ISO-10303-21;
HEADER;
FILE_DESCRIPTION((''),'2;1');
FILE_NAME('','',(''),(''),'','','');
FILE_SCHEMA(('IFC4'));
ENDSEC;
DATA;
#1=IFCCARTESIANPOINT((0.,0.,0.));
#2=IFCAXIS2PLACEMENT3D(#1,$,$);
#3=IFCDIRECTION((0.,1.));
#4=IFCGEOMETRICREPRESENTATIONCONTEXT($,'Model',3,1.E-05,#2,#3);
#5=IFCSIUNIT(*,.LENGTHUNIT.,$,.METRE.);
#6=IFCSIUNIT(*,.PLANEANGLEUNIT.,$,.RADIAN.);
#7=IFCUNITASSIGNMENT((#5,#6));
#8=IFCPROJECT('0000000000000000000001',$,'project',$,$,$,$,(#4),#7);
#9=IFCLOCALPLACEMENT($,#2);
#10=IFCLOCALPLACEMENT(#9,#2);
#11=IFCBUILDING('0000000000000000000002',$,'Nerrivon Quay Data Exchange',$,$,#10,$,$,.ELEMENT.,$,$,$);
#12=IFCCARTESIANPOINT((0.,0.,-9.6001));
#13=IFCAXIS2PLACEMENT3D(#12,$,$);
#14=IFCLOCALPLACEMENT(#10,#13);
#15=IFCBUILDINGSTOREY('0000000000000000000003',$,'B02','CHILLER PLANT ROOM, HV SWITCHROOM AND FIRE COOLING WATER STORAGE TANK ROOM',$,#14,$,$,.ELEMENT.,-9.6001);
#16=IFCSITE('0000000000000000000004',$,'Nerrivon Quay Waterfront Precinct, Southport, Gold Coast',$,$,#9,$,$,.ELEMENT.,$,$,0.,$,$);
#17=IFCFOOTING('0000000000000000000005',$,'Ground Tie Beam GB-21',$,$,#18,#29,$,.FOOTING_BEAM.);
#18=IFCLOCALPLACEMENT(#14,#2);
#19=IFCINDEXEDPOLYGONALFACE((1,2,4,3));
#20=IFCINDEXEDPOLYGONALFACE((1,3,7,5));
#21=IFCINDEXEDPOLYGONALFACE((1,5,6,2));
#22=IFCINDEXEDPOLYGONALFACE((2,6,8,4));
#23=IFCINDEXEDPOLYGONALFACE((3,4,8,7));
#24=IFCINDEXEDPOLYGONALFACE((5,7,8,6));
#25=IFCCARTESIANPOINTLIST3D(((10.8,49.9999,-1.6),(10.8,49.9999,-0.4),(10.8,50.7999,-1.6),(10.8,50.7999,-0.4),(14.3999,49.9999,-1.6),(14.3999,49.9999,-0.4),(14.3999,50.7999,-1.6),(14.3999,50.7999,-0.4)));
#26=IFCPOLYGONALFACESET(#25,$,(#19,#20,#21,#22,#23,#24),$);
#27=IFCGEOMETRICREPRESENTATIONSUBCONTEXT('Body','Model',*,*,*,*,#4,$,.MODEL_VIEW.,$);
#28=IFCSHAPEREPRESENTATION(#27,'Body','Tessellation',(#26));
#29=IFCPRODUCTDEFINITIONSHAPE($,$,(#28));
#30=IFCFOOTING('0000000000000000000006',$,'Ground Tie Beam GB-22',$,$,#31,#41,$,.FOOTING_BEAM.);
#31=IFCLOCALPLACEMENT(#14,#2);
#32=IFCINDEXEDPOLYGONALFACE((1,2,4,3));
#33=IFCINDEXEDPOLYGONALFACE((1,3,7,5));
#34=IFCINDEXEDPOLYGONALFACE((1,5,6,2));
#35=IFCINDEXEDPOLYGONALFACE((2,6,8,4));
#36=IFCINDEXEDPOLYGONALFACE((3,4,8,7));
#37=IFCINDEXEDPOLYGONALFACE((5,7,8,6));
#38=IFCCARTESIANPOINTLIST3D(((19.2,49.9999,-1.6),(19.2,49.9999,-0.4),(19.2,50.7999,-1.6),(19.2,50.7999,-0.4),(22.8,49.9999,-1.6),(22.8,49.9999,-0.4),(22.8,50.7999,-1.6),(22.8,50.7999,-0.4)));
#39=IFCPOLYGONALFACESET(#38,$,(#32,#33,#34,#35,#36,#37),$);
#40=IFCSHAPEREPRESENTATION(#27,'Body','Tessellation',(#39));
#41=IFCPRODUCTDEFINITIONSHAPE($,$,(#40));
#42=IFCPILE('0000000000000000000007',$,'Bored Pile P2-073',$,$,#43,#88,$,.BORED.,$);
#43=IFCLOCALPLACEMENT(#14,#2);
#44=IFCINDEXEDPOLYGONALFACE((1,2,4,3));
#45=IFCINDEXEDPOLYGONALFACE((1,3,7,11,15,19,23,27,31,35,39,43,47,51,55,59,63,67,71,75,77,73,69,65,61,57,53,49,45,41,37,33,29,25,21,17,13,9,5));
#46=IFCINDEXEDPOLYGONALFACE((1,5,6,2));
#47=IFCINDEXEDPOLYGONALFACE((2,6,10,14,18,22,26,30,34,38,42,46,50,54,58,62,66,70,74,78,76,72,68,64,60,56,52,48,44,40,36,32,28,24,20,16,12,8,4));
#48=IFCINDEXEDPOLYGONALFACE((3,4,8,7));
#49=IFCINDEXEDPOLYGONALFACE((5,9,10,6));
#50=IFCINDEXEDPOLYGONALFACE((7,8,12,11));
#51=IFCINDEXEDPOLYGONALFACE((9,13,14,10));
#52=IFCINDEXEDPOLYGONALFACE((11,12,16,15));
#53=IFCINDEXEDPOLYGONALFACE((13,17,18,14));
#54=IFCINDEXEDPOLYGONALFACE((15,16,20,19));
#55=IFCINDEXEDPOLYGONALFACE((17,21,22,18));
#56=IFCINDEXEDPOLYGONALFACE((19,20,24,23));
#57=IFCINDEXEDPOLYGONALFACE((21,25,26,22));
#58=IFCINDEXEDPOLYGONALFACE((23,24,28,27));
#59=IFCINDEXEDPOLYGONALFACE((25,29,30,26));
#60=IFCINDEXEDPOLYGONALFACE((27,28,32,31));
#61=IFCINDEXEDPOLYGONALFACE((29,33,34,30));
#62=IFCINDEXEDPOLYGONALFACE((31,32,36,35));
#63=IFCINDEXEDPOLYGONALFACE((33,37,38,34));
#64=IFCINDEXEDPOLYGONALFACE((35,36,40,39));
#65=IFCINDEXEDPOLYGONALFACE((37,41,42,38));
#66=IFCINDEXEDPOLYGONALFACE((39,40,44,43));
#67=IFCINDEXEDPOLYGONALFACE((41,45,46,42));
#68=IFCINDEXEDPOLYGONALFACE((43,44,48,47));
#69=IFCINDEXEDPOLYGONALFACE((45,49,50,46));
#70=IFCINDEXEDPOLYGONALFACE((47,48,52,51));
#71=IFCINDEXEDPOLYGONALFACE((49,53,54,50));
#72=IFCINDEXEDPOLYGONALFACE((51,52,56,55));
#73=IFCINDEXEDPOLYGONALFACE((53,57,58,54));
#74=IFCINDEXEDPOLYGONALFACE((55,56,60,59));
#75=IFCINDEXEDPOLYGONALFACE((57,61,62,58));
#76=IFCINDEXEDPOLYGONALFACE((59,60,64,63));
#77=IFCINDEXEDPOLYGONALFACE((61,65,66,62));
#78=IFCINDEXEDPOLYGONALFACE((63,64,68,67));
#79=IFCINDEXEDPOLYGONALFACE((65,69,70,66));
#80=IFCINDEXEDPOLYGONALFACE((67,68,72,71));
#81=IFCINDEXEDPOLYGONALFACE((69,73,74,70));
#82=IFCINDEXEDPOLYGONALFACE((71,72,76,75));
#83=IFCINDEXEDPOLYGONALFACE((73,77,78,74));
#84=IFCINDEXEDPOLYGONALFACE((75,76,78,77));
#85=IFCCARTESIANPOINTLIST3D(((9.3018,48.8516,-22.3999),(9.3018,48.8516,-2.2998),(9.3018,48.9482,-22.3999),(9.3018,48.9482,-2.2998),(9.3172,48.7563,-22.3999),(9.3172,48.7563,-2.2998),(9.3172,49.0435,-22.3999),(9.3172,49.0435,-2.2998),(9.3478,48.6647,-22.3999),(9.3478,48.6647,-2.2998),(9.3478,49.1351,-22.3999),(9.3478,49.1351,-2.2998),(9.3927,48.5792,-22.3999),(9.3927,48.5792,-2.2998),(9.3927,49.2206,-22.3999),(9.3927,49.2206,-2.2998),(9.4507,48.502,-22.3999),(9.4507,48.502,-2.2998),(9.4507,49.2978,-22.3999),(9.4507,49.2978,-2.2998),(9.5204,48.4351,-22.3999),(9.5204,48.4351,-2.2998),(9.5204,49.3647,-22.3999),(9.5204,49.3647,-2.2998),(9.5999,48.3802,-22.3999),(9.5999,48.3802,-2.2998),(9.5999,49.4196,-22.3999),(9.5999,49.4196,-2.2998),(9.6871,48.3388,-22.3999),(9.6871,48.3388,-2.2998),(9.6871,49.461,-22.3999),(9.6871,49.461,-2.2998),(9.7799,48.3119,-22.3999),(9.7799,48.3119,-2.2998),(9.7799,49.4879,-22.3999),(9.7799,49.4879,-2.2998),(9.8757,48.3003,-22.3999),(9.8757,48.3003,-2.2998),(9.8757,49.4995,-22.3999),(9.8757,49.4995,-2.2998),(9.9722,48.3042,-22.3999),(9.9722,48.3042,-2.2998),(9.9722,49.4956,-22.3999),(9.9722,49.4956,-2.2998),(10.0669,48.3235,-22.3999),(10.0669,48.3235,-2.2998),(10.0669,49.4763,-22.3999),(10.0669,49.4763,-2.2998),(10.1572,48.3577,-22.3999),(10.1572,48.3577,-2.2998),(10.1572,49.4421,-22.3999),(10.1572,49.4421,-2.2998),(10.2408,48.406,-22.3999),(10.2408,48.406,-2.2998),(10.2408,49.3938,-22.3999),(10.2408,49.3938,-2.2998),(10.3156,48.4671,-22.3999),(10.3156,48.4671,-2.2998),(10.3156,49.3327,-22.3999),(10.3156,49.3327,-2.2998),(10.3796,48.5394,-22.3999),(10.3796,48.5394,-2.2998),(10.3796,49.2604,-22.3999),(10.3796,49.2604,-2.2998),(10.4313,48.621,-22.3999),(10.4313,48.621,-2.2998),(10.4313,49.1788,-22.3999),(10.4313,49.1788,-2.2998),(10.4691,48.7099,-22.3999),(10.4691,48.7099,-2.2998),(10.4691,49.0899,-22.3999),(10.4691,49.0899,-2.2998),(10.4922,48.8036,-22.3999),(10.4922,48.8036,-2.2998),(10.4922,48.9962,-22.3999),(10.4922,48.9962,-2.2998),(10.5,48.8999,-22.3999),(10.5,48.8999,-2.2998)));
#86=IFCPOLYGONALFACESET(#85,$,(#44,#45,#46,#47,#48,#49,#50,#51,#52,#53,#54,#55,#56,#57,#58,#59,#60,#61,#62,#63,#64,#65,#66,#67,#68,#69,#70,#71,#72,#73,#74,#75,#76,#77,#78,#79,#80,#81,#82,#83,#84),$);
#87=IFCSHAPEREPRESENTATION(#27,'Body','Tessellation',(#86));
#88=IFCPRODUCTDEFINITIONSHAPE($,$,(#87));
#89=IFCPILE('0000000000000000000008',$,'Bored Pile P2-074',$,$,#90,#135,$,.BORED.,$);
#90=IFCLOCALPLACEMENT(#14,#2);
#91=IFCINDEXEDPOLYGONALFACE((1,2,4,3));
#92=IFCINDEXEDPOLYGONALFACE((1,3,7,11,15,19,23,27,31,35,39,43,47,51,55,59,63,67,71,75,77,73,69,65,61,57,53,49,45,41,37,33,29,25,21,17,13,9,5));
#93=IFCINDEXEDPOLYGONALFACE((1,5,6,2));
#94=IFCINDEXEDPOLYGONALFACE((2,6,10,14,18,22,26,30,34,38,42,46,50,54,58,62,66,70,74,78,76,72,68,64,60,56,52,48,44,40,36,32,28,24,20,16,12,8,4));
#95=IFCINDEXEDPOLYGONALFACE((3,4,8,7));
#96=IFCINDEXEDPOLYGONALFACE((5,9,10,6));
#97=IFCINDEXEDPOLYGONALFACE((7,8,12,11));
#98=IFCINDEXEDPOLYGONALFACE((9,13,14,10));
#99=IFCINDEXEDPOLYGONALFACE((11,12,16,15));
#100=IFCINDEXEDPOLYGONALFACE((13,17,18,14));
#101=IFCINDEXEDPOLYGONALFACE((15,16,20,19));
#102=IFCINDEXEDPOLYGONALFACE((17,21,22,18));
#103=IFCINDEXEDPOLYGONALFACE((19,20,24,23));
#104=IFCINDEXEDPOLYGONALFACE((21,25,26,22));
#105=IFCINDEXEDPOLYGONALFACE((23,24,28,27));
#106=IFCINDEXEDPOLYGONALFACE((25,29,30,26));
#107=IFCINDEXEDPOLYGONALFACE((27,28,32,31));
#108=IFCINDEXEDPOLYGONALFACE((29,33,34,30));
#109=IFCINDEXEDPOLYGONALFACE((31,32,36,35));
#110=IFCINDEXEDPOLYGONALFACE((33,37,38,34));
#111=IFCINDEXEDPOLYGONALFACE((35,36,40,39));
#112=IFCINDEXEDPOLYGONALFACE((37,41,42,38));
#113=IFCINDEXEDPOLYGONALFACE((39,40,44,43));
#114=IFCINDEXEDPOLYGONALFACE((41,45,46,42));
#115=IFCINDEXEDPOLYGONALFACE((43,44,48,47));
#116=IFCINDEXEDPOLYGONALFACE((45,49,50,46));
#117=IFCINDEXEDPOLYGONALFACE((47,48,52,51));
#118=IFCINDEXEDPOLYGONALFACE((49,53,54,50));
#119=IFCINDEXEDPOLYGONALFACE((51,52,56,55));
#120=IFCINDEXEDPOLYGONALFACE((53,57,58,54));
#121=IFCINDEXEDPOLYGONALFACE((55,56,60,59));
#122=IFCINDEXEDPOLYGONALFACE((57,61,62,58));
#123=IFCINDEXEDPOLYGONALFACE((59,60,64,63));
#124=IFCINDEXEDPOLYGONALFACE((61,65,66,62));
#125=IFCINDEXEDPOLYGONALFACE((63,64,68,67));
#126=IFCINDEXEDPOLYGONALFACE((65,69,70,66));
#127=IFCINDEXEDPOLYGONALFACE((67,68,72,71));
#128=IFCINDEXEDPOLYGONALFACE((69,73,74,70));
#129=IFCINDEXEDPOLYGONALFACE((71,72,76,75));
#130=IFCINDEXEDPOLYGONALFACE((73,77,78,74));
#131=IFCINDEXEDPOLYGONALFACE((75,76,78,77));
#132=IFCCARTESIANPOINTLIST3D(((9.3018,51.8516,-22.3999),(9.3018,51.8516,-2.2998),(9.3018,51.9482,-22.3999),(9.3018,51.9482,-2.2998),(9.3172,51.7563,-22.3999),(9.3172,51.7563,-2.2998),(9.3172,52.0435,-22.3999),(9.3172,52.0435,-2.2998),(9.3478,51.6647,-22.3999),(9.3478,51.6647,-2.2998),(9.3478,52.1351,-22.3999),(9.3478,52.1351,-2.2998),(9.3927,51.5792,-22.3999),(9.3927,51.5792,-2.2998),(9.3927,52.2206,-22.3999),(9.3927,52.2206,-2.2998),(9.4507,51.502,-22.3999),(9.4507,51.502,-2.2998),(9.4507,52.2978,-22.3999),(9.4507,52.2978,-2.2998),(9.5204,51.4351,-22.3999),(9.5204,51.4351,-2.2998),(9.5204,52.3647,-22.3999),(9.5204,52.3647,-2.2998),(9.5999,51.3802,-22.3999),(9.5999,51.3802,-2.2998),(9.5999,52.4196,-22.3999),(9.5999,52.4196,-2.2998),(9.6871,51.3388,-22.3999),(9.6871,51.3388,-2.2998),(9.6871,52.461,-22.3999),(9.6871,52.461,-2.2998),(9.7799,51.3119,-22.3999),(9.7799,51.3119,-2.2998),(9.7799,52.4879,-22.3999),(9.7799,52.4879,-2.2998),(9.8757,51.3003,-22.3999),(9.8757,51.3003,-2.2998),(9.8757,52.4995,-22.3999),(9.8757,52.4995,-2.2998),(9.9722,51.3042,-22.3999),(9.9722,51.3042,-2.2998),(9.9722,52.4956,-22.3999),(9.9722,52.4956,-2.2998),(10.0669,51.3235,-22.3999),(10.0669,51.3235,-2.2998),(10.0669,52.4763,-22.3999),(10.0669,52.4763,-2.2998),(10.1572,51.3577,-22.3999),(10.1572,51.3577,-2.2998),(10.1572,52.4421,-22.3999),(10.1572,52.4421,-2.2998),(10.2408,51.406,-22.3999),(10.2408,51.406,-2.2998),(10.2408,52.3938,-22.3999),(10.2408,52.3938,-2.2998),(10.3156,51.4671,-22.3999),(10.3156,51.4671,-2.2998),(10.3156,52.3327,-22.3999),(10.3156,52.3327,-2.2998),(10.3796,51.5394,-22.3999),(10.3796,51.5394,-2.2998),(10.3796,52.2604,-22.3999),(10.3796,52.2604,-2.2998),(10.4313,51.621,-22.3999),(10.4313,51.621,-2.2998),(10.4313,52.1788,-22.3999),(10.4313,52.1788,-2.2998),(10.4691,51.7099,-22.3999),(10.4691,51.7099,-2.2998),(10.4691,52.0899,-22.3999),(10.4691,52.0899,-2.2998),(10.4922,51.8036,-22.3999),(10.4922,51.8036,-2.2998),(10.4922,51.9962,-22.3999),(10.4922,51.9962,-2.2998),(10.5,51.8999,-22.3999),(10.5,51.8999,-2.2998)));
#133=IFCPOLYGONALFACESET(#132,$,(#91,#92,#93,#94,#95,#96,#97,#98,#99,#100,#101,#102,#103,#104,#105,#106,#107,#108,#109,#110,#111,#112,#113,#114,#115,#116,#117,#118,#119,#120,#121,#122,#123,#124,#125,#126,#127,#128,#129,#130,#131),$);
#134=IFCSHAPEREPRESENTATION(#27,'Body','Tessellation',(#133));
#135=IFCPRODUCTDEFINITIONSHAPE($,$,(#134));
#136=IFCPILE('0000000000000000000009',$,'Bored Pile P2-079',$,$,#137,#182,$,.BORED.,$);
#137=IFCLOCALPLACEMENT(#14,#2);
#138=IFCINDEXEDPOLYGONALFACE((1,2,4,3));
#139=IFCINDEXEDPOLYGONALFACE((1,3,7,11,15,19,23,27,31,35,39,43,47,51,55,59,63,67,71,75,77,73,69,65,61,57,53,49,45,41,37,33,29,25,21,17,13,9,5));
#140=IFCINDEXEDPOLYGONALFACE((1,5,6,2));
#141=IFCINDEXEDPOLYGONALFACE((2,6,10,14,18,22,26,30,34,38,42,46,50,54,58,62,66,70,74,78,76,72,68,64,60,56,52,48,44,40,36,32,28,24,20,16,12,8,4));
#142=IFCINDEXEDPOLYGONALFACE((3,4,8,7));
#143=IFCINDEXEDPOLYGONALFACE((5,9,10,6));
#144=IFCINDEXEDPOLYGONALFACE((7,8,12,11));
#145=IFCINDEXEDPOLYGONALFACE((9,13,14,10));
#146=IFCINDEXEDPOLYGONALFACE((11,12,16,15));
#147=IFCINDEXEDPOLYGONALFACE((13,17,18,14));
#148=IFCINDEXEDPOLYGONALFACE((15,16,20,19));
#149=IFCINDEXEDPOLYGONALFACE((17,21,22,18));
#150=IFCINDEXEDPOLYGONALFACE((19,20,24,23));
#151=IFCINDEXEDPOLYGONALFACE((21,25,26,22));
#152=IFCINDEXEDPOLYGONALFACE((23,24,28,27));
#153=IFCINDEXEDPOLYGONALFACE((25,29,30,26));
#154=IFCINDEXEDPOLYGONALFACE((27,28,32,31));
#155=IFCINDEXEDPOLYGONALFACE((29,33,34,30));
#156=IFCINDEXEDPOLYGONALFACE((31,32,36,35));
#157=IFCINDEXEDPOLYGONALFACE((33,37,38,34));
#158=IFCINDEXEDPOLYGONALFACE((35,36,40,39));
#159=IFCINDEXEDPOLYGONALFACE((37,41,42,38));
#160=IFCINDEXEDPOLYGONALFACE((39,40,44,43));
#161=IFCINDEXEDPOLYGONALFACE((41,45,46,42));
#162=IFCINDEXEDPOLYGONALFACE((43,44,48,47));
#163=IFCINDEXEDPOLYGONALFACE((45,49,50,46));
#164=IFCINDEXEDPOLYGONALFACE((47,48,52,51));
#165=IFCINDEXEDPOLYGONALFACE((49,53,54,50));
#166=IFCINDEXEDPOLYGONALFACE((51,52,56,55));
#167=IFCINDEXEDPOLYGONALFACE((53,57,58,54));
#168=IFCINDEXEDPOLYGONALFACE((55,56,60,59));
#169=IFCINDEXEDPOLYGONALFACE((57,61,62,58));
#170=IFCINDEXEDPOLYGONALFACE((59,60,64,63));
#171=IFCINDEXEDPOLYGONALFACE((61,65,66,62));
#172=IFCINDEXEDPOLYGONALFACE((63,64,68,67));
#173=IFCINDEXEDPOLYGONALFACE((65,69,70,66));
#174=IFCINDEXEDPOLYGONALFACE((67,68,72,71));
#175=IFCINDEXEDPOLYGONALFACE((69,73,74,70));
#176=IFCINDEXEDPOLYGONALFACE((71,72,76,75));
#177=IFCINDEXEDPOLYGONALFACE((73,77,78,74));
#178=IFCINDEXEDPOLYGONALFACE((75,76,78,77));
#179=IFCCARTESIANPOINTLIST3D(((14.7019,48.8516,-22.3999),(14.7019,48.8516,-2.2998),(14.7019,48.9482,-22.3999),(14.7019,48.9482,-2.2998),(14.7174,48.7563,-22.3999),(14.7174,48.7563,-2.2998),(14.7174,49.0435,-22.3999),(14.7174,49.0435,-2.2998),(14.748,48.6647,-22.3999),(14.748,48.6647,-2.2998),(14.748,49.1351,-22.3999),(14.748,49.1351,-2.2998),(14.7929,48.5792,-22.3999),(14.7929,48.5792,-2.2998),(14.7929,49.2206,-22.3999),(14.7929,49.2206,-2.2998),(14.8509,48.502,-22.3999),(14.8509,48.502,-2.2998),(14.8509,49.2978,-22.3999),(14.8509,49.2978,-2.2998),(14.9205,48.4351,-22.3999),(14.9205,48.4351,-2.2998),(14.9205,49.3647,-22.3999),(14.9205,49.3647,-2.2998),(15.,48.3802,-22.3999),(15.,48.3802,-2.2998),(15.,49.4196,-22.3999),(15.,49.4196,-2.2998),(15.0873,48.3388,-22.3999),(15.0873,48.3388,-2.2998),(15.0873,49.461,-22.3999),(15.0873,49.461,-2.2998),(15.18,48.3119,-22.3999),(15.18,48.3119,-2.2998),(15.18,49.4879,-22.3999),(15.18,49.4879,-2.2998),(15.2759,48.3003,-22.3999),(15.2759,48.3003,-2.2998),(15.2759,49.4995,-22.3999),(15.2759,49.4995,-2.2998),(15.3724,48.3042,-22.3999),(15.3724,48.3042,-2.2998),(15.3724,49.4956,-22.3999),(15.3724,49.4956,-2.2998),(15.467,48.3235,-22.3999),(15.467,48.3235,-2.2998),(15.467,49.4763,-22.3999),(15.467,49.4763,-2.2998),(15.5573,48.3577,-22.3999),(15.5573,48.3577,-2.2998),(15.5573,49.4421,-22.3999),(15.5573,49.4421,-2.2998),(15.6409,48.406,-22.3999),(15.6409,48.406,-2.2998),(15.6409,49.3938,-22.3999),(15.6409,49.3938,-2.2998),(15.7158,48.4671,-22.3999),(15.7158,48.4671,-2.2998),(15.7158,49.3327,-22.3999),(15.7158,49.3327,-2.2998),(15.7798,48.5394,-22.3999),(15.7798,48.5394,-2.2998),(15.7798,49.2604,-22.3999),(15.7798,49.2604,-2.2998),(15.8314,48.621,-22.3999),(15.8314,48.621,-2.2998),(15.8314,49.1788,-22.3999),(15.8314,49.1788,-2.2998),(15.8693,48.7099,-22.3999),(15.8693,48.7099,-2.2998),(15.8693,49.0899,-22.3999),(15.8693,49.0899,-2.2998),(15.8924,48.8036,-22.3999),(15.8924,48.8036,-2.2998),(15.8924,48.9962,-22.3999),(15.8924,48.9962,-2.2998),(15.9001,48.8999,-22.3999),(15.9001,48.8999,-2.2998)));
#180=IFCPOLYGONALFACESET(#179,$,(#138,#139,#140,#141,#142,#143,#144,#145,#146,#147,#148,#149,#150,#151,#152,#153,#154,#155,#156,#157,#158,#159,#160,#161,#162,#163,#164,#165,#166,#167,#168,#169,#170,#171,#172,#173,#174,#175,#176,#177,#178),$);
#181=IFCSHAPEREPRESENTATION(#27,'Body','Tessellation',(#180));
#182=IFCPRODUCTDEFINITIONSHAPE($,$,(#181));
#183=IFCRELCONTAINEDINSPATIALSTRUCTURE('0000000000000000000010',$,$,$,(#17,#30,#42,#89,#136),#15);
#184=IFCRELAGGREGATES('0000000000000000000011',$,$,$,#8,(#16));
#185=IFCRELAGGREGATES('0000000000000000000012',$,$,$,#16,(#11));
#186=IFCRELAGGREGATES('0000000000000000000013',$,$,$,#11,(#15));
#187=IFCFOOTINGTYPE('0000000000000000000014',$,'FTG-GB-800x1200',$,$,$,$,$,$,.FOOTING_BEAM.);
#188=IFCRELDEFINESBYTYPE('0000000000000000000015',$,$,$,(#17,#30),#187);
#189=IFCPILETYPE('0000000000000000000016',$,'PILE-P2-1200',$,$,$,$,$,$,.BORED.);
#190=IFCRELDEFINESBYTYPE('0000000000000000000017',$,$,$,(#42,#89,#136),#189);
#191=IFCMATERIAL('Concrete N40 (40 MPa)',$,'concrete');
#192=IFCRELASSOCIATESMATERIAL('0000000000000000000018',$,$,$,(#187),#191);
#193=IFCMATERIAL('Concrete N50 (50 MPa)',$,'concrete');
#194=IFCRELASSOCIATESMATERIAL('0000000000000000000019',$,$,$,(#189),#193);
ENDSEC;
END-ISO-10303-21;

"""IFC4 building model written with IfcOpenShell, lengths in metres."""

from ifc_helpers import new_model, si_unit, direction, frame, origin, origin_2d, place, context, subcontext, project, spatial, rectangle, circle, extrude, material, material_profile, profile_set, type_object, element, save


model = new_model("IFC4")

# Units and contexts
model_context = context("Model", 3, precision=1e-05, world=origin(), true_north=direction((0.0, 1.0)))
body_context = subcontext(model_context, "Body", "Model", "MODEL_VIEW")
ifc_project = project(units=[si_unit("LENGTHUNIT", "METRE"), si_unit("PLANEANGLEUNIT", "RADIAN")], contexts=[model_context])

# Site, building, storey
site_placement = place(None, origin())
site = spatial("IfcSite", under=ifc_project, at=site_placement, Name="Nerrivon Quay Waterfront Precinct, Southport, Gold Coast", CompositionType="ELEMENT", RefElevation=0.0)
building_placement = place(site_placement, origin())
building = spatial("IfcBuilding", under=site, at=building_placement, Name="Nerrivon Quay Data Exchange", CompositionType="ELEMENT")
storey_placement = place(building_placement, frame((0.0, 0.0, -9.6001)))
storey = spatial("IfcBuildingStorey", under=building, at=storey_placement, Name="B02", Description="CHILLER PLANT ROOM, HV SWITCHROOM AND FIRE COOLING WATER STORAGE TANK ROOM", CompositionType="ELEMENT", Elevation=-9.6001)

# Footings
ifc_material_1 = material(Name="Concrete N40 (40 MPa)", Category="concrete")
ifc_material_profile_1 = material_profile(ifc_material_1, rectangle(XDim=0.8, YDim=1.2, at=origin_2d()), Name="RC-GB-800x1200")
ifc_profile_set_1 = profile_set([ifc_material_profile_1], Name="Concrete N40 (40 MPa)")
footing_type = type_object("IfcFootingType", Name="FTG-GB-800x1200", PredefinedType="FOOTING_BEAM", material=ifc_profile_set_1)
footing_1_placement = place(storey_placement, frame((10.8, 50.3999, -1.0), z_axis=(1.0, 0.0, 0.0), x_axis=(0.0, 1.0, 0.0)))
element("IfcFooting", 1, at=footing_1_placement, inside=storey, type_object=footing_type, Name="Ground Tie Beam GB-21", PredefinedType="FOOTING_BEAM", context=body_context, shape_type="SweptSolid", body=[
    extrude(rectangle(XDim=0.8, YDim=1.2, at=origin_2d()), origin(), (0.0, 0.0, 1.0), 3.5999),
])
footing_2_placement = place(storey_placement, frame((19.2, 50.3999, -1.0), z_axis=(1.0, 0.0, 0.0), x_axis=(0.0, 1.0, 0.0)))
element("IfcFooting", 2, at=footing_2_placement, inside=storey, type_object=footing_type, Name="Ground Tie Beam GB-22", PredefinedType="FOOTING_BEAM", context=body_context, shape_type="SweptSolid", body=[
    extrude(rectangle(XDim=0.8, YDim=1.2, at=origin_2d()), origin(), (0.0, 0.0, 1.0), 3.6001),
])

# Piles
ifc_material_2 = material(Name="Concrete N50 (50 MPa)", Category="concrete")
ifc_material_profile_2 = material_profile(ifc_material_2, circle(Radius=0.6001, at=origin_2d()), Name="PILE-1200")
ifc_profile_set_2 = profile_set([ifc_material_profile_2], Name="Concrete N50 (50 MPa)")
pile_type = type_object("IfcPileType", Name="PILE-P2-1200", PredefinedType="BORED", material=ifc_profile_set_2)
for number, where, z_axis, x_axis, name in (
    (3, (9.8999, 48.8999, -2.2998), (0.0, 0.0, -1.0), (1.0, 0.0, 0.0), "Bored Pile P2-073"),
    (4, (9.8999, 51.8999, -2.2998), (0.0, 0.0, -1.0), (1.0, 0.0, 0.0), "Bored Pile P2-074"),
    (5, (15.3, 48.8999, -2.2998), (0.0, 0.0, -1.0), (1.0, 0.0, 0.0), "Bored Pile P2-079"),
):
    element("IfcPile", number, at=place(storey_placement, frame(where, z_axis=z_axis, x_axis=x_axis)), inside=storey, type_object=pile_type, Name=name, PredefinedType="BORED", context=body_context, shape_type="SweptSolid", body=[
        extrude(circle(Radius=0.6001, at=origin_2d()), origin(), (0.0, 0.0, 1.0), 20.1001),
    ])

save(model, "model.ifc")
